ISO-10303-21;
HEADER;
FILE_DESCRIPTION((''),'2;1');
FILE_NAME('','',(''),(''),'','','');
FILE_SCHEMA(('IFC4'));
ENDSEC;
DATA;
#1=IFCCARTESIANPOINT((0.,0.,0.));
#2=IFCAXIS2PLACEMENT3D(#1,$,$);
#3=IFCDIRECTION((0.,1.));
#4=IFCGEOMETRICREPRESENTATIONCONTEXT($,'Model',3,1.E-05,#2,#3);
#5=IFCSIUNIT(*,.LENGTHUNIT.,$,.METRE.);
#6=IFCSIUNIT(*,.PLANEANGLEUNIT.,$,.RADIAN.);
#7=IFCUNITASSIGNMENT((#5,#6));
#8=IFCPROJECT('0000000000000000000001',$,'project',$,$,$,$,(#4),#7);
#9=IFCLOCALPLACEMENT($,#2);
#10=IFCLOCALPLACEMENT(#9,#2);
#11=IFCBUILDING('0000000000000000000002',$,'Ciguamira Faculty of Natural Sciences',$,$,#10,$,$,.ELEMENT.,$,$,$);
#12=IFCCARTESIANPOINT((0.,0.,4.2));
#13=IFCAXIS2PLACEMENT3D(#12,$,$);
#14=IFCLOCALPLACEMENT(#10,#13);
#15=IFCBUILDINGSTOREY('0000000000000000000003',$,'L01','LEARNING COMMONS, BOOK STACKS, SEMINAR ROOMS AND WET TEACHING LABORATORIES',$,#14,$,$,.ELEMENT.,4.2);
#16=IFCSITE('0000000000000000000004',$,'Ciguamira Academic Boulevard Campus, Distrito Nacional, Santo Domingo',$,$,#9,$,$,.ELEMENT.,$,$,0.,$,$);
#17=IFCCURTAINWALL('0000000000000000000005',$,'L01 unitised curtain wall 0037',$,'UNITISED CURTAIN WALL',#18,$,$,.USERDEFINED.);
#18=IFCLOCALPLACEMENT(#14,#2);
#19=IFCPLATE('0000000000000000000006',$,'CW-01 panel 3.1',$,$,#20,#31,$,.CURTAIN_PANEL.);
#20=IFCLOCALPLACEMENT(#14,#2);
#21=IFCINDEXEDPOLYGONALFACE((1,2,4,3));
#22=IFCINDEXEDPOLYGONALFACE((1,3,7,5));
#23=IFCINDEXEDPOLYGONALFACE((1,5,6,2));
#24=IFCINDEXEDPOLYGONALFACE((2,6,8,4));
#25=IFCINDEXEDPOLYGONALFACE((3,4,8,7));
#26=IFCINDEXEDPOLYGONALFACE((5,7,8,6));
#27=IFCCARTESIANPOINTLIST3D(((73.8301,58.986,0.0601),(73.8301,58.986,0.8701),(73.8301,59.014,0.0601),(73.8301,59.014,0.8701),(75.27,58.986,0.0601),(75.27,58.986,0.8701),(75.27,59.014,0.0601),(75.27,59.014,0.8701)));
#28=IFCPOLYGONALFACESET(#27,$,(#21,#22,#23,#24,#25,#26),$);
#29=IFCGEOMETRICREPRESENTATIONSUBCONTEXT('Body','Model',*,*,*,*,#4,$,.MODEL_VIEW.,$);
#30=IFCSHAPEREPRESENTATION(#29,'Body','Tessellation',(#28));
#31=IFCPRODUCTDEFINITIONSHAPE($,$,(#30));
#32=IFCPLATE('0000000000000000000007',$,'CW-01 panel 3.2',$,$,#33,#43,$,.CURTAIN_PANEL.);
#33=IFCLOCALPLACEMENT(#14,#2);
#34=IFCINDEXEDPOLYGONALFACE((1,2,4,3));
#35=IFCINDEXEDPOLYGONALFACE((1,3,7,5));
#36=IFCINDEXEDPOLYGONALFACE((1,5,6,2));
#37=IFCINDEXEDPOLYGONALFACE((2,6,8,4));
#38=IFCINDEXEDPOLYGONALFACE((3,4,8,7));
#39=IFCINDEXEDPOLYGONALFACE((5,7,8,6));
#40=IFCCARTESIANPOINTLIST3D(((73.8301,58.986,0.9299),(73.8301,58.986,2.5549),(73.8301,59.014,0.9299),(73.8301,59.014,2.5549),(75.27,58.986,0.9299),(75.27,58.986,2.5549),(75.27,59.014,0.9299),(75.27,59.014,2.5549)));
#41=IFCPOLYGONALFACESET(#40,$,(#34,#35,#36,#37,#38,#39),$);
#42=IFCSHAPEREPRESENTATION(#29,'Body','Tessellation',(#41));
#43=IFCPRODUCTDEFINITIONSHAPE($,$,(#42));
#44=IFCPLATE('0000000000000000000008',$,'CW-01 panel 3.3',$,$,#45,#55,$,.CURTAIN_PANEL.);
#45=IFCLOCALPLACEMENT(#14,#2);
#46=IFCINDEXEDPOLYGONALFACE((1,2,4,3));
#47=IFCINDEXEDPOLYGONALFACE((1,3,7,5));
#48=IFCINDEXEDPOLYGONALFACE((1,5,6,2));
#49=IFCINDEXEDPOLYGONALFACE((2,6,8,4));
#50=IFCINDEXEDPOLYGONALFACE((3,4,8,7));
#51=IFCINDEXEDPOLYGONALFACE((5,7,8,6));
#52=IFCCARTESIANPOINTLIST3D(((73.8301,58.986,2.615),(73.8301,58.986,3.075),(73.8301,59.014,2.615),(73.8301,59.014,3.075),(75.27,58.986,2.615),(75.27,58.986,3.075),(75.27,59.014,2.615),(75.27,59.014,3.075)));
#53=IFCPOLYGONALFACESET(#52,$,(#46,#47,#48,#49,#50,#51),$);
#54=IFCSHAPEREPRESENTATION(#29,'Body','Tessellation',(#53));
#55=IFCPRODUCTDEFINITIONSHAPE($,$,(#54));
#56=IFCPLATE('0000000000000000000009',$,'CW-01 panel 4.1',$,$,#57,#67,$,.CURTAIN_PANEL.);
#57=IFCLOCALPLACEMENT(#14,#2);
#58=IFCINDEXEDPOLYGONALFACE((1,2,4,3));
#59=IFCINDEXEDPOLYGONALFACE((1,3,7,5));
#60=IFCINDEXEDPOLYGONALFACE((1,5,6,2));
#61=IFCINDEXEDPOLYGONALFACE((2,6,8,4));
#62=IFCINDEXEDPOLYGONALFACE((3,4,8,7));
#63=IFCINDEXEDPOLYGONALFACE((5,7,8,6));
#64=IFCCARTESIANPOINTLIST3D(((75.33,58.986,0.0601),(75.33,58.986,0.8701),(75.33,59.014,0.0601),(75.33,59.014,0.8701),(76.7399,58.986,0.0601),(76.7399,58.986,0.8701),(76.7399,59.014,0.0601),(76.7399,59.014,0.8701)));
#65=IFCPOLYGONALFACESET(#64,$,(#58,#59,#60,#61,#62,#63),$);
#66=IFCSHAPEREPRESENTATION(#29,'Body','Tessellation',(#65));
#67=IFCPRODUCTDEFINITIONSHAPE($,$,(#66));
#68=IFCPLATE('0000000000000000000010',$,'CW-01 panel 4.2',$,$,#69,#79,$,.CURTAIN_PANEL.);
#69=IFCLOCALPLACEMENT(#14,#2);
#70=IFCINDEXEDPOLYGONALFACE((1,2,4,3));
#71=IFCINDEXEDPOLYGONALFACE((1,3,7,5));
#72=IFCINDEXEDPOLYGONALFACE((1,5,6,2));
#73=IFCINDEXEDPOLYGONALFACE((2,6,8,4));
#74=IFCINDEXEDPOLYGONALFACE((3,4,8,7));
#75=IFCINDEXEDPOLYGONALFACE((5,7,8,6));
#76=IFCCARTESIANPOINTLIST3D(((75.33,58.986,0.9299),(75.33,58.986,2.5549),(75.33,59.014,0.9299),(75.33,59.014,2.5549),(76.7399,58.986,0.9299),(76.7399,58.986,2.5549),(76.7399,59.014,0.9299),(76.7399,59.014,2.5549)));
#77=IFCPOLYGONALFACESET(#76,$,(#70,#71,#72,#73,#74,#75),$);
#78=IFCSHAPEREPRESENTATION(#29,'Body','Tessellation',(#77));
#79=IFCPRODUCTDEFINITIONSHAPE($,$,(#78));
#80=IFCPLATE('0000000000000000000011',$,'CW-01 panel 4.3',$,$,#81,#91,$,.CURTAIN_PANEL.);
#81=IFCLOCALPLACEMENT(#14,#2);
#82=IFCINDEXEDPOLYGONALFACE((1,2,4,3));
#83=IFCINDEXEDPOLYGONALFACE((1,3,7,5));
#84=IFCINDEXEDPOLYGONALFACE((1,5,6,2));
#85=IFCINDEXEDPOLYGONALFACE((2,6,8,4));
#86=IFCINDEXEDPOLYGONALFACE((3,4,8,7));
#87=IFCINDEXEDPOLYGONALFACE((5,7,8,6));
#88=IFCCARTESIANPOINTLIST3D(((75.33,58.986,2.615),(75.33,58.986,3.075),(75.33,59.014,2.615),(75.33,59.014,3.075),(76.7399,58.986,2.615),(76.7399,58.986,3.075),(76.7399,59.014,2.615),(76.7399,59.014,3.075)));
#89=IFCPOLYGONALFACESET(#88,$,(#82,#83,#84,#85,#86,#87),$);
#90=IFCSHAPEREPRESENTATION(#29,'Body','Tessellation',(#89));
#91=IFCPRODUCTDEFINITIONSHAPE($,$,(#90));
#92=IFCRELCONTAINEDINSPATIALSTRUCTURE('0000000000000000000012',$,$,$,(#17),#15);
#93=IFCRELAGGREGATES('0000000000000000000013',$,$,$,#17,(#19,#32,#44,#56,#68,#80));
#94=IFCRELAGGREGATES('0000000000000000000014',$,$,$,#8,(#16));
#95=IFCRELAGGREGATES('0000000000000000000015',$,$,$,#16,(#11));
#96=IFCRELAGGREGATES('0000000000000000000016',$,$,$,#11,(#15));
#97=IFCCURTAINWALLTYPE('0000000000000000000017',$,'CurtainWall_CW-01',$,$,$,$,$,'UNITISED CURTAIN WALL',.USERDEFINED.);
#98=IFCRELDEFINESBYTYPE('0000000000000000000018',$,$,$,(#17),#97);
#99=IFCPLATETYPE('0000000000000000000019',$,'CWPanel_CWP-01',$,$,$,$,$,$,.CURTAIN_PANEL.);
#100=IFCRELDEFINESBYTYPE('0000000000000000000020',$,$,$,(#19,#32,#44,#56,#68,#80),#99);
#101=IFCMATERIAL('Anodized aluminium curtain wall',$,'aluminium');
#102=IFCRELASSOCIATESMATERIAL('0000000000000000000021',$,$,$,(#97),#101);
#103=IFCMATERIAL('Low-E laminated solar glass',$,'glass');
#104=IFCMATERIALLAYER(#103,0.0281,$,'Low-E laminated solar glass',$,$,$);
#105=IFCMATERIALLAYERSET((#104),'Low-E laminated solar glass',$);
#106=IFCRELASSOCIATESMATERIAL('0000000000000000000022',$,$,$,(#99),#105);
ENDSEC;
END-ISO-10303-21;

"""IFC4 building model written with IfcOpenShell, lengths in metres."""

from ifc_helpers import new_model, si_unit, direction, frame, origin, origin_2d, place, context, subcontext, project, spatial, rectangle, extrude, material, layer, layer_set, type_object, element, aggregate, save


model = new_model("IFC4")

# Units and contexts
model_context = context("Model", 3, precision=1e-05, world=origin(), true_north=direction((0.0, 1.0)))
body_context = subcontext(model_context, "Body", "Model", "MODEL_VIEW")
ifc_project = project(units=[si_unit("LENGTHUNIT", "METRE"), si_unit("PLANEANGLEUNIT", "RADIAN")], contexts=[model_context])

# Site, building, storey
site_placement = place(None, origin())
site = spatial("IfcSite", under=ifc_project, at=site_placement, Name="Ciguamira Academic Boulevard Campus, Distrito Nacional, Santo Domingo", CompositionType="ELEMENT", RefElevation=0.0)
building_placement = place(site_placement, origin())
building = spatial("IfcBuilding", under=site, at=building_placement, Name="Ciguamira Faculty of Natural Sciences", CompositionType="ELEMENT")
storey_placement = place(building_placement, frame((0.0, 0.0, 4.2)))
storey = spatial("IfcBuildingStorey", under=building, at=storey_placement, Name="L01", Description="LEARNING COMMONS, BOOK STACKS, SEMINAR ROOMS AND WET TEACHING LABORATORIES", CompositionType="ELEMENT", Elevation=4.2)

# Curtain wall, plates
ifc_material_1 = material(Name="Anodized aluminium curtain wall", Category="aluminium")
curtain_wall_type = type_object("IfcCurtainWallType", Name="CurtainWall_CW-01", ElementType="UNITISED CURTAIN WALL", PredefinedType="USERDEFINED", material=ifc_material_1)
curtain_wall_placement = place(storey_placement, origin())
curtain_wall = element("IfcCurtainWall", 1, at=curtain_wall_placement, inside=storey, type_object=curtain_wall_type, Name="L01 unitised curtain wall 0037", ObjectType="UNITISED CURTAIN WALL", PredefinedType="USERDEFINED")
ifc_material_2 = material(Name="Low-E laminated solar glass", Category="glass")
ifc_layer = layer(ifc_material_2, 0.0281, Name="Low-E laminated solar glass")
ifc_layer_set = layer_set([ifc_layer], Name="Low-E laminated solar glass")
plate_type = type_object("IfcPlateType", Name="CWPanel_CWP-01", PredefinedType="CURTAIN_PANEL", material=ifc_layer_set)
plate_1_placement = place(storey_placement, frame((74.55, 59.0, 0.0601), z_axis=(0.0, 0.0, 1.0), x_axis=(1.0, 0.0, 0.0)))
plate_1 = element("IfcPlate", 2, at=plate_1_placement, type_object=plate_type, Name="CW-01 panel 3.1", PredefinedType="CURTAIN_PANEL", context=body_context, shape_type="SweptSolid", body=[
    extrude(rectangle(XDim=1.4399, YDim=0.0281, at=origin_2d()), origin(), (0.0, 0.0, 1.0), 0.8101),
])
plate_2_placement = place(storey_placement, frame((74.55, 59.0, 0.9299), z_axis=(0.0, 0.0, 1.0), x_axis=(1.0, 0.0, 0.0)))
plate_2 = element("IfcPlate", 3, at=plate_2_placement, type_object=plate_type, Name="CW-01 panel 3.2", PredefinedType="CURTAIN_PANEL", context=body_context, shape_type="SweptSolid", body=[
    extrude(rectangle(XDim=1.4399, YDim=0.0281, at=origin_2d()), origin(), (0.0, 0.0, 1.0), 1.625),
])
plate_3_placement = place(storey_placement, frame((74.55, 59.0, 2.615), z_axis=(0.0, 0.0, 1.0), x_axis=(1.0, 0.0, 0.0)))
plate_3 = element("IfcPlate", 4, at=plate_3_placement, type_object=plate_type, Name="CW-01 panel 3.3", PredefinedType="CURTAIN_PANEL", context=body_context, shape_type="SweptSolid", body=[
    extrude(rectangle(XDim=1.4399, YDim=0.0281, at=origin_2d()), origin(), (0.0, 0.0, 1.0), 0.46),
])
plate_4_placement = place(storey_placement, frame((76.0349, 59.0, 0.0601), z_axis=(0.0, 0.0, 1.0), x_axis=(1.0, 0.0, 0.0)))
plate_4 = element("IfcPlate", 5, at=plate_4_placement, type_object=plate_type, Name="CW-01 panel 4.1", PredefinedType="CURTAIN_PANEL", context=body_context, shape_type="SweptSolid", body=[
    extrude(rectangle(XDim=1.4099, YDim=0.0281, at=origin_2d()), origin(), (0.0, 0.0, 1.0), 0.8101),
])
plate_5_placement = place(storey_placement, frame((76.0349, 59.0, 0.9299), z_axis=(0.0, 0.0, 1.0), x_axis=(1.0, 0.0, 0.0)))
plate_5 = element("IfcPlate", 6, at=plate_5_placement, type_object=plate_type, Name="CW-01 panel 4.2", PredefinedType="CURTAIN_PANEL", context=body_context, shape_type="SweptSolid", body=[
    extrude(rectangle(XDim=1.4099, YDim=0.0281, at=origin_2d()), origin(), (0.0, 0.0, 1.0), 1.625),
])
plate_6_placement = place(storey_placement, frame((76.0349, 59.0, 2.615), z_axis=(0.0, 0.0, 1.0), x_axis=(1.0, 0.0, 0.0)))
plate_6 = element("IfcPlate", 7, at=plate_6_placement, type_object=plate_type, Name="CW-01 panel 4.3", PredefinedType="CURTAIN_PANEL", context=body_context, shape_type="SweptSolid", body=[
    extrude(rectangle(XDim=1.4099, YDim=0.0281, at=origin_2d()), origin(), (0.0, 0.0, 1.0), 0.46),
])
aggregate(curtain_wall, [plate_1, plate_2, plate_3, plate_4, plate_5, plate_6])

save(model, "model.ifc")
